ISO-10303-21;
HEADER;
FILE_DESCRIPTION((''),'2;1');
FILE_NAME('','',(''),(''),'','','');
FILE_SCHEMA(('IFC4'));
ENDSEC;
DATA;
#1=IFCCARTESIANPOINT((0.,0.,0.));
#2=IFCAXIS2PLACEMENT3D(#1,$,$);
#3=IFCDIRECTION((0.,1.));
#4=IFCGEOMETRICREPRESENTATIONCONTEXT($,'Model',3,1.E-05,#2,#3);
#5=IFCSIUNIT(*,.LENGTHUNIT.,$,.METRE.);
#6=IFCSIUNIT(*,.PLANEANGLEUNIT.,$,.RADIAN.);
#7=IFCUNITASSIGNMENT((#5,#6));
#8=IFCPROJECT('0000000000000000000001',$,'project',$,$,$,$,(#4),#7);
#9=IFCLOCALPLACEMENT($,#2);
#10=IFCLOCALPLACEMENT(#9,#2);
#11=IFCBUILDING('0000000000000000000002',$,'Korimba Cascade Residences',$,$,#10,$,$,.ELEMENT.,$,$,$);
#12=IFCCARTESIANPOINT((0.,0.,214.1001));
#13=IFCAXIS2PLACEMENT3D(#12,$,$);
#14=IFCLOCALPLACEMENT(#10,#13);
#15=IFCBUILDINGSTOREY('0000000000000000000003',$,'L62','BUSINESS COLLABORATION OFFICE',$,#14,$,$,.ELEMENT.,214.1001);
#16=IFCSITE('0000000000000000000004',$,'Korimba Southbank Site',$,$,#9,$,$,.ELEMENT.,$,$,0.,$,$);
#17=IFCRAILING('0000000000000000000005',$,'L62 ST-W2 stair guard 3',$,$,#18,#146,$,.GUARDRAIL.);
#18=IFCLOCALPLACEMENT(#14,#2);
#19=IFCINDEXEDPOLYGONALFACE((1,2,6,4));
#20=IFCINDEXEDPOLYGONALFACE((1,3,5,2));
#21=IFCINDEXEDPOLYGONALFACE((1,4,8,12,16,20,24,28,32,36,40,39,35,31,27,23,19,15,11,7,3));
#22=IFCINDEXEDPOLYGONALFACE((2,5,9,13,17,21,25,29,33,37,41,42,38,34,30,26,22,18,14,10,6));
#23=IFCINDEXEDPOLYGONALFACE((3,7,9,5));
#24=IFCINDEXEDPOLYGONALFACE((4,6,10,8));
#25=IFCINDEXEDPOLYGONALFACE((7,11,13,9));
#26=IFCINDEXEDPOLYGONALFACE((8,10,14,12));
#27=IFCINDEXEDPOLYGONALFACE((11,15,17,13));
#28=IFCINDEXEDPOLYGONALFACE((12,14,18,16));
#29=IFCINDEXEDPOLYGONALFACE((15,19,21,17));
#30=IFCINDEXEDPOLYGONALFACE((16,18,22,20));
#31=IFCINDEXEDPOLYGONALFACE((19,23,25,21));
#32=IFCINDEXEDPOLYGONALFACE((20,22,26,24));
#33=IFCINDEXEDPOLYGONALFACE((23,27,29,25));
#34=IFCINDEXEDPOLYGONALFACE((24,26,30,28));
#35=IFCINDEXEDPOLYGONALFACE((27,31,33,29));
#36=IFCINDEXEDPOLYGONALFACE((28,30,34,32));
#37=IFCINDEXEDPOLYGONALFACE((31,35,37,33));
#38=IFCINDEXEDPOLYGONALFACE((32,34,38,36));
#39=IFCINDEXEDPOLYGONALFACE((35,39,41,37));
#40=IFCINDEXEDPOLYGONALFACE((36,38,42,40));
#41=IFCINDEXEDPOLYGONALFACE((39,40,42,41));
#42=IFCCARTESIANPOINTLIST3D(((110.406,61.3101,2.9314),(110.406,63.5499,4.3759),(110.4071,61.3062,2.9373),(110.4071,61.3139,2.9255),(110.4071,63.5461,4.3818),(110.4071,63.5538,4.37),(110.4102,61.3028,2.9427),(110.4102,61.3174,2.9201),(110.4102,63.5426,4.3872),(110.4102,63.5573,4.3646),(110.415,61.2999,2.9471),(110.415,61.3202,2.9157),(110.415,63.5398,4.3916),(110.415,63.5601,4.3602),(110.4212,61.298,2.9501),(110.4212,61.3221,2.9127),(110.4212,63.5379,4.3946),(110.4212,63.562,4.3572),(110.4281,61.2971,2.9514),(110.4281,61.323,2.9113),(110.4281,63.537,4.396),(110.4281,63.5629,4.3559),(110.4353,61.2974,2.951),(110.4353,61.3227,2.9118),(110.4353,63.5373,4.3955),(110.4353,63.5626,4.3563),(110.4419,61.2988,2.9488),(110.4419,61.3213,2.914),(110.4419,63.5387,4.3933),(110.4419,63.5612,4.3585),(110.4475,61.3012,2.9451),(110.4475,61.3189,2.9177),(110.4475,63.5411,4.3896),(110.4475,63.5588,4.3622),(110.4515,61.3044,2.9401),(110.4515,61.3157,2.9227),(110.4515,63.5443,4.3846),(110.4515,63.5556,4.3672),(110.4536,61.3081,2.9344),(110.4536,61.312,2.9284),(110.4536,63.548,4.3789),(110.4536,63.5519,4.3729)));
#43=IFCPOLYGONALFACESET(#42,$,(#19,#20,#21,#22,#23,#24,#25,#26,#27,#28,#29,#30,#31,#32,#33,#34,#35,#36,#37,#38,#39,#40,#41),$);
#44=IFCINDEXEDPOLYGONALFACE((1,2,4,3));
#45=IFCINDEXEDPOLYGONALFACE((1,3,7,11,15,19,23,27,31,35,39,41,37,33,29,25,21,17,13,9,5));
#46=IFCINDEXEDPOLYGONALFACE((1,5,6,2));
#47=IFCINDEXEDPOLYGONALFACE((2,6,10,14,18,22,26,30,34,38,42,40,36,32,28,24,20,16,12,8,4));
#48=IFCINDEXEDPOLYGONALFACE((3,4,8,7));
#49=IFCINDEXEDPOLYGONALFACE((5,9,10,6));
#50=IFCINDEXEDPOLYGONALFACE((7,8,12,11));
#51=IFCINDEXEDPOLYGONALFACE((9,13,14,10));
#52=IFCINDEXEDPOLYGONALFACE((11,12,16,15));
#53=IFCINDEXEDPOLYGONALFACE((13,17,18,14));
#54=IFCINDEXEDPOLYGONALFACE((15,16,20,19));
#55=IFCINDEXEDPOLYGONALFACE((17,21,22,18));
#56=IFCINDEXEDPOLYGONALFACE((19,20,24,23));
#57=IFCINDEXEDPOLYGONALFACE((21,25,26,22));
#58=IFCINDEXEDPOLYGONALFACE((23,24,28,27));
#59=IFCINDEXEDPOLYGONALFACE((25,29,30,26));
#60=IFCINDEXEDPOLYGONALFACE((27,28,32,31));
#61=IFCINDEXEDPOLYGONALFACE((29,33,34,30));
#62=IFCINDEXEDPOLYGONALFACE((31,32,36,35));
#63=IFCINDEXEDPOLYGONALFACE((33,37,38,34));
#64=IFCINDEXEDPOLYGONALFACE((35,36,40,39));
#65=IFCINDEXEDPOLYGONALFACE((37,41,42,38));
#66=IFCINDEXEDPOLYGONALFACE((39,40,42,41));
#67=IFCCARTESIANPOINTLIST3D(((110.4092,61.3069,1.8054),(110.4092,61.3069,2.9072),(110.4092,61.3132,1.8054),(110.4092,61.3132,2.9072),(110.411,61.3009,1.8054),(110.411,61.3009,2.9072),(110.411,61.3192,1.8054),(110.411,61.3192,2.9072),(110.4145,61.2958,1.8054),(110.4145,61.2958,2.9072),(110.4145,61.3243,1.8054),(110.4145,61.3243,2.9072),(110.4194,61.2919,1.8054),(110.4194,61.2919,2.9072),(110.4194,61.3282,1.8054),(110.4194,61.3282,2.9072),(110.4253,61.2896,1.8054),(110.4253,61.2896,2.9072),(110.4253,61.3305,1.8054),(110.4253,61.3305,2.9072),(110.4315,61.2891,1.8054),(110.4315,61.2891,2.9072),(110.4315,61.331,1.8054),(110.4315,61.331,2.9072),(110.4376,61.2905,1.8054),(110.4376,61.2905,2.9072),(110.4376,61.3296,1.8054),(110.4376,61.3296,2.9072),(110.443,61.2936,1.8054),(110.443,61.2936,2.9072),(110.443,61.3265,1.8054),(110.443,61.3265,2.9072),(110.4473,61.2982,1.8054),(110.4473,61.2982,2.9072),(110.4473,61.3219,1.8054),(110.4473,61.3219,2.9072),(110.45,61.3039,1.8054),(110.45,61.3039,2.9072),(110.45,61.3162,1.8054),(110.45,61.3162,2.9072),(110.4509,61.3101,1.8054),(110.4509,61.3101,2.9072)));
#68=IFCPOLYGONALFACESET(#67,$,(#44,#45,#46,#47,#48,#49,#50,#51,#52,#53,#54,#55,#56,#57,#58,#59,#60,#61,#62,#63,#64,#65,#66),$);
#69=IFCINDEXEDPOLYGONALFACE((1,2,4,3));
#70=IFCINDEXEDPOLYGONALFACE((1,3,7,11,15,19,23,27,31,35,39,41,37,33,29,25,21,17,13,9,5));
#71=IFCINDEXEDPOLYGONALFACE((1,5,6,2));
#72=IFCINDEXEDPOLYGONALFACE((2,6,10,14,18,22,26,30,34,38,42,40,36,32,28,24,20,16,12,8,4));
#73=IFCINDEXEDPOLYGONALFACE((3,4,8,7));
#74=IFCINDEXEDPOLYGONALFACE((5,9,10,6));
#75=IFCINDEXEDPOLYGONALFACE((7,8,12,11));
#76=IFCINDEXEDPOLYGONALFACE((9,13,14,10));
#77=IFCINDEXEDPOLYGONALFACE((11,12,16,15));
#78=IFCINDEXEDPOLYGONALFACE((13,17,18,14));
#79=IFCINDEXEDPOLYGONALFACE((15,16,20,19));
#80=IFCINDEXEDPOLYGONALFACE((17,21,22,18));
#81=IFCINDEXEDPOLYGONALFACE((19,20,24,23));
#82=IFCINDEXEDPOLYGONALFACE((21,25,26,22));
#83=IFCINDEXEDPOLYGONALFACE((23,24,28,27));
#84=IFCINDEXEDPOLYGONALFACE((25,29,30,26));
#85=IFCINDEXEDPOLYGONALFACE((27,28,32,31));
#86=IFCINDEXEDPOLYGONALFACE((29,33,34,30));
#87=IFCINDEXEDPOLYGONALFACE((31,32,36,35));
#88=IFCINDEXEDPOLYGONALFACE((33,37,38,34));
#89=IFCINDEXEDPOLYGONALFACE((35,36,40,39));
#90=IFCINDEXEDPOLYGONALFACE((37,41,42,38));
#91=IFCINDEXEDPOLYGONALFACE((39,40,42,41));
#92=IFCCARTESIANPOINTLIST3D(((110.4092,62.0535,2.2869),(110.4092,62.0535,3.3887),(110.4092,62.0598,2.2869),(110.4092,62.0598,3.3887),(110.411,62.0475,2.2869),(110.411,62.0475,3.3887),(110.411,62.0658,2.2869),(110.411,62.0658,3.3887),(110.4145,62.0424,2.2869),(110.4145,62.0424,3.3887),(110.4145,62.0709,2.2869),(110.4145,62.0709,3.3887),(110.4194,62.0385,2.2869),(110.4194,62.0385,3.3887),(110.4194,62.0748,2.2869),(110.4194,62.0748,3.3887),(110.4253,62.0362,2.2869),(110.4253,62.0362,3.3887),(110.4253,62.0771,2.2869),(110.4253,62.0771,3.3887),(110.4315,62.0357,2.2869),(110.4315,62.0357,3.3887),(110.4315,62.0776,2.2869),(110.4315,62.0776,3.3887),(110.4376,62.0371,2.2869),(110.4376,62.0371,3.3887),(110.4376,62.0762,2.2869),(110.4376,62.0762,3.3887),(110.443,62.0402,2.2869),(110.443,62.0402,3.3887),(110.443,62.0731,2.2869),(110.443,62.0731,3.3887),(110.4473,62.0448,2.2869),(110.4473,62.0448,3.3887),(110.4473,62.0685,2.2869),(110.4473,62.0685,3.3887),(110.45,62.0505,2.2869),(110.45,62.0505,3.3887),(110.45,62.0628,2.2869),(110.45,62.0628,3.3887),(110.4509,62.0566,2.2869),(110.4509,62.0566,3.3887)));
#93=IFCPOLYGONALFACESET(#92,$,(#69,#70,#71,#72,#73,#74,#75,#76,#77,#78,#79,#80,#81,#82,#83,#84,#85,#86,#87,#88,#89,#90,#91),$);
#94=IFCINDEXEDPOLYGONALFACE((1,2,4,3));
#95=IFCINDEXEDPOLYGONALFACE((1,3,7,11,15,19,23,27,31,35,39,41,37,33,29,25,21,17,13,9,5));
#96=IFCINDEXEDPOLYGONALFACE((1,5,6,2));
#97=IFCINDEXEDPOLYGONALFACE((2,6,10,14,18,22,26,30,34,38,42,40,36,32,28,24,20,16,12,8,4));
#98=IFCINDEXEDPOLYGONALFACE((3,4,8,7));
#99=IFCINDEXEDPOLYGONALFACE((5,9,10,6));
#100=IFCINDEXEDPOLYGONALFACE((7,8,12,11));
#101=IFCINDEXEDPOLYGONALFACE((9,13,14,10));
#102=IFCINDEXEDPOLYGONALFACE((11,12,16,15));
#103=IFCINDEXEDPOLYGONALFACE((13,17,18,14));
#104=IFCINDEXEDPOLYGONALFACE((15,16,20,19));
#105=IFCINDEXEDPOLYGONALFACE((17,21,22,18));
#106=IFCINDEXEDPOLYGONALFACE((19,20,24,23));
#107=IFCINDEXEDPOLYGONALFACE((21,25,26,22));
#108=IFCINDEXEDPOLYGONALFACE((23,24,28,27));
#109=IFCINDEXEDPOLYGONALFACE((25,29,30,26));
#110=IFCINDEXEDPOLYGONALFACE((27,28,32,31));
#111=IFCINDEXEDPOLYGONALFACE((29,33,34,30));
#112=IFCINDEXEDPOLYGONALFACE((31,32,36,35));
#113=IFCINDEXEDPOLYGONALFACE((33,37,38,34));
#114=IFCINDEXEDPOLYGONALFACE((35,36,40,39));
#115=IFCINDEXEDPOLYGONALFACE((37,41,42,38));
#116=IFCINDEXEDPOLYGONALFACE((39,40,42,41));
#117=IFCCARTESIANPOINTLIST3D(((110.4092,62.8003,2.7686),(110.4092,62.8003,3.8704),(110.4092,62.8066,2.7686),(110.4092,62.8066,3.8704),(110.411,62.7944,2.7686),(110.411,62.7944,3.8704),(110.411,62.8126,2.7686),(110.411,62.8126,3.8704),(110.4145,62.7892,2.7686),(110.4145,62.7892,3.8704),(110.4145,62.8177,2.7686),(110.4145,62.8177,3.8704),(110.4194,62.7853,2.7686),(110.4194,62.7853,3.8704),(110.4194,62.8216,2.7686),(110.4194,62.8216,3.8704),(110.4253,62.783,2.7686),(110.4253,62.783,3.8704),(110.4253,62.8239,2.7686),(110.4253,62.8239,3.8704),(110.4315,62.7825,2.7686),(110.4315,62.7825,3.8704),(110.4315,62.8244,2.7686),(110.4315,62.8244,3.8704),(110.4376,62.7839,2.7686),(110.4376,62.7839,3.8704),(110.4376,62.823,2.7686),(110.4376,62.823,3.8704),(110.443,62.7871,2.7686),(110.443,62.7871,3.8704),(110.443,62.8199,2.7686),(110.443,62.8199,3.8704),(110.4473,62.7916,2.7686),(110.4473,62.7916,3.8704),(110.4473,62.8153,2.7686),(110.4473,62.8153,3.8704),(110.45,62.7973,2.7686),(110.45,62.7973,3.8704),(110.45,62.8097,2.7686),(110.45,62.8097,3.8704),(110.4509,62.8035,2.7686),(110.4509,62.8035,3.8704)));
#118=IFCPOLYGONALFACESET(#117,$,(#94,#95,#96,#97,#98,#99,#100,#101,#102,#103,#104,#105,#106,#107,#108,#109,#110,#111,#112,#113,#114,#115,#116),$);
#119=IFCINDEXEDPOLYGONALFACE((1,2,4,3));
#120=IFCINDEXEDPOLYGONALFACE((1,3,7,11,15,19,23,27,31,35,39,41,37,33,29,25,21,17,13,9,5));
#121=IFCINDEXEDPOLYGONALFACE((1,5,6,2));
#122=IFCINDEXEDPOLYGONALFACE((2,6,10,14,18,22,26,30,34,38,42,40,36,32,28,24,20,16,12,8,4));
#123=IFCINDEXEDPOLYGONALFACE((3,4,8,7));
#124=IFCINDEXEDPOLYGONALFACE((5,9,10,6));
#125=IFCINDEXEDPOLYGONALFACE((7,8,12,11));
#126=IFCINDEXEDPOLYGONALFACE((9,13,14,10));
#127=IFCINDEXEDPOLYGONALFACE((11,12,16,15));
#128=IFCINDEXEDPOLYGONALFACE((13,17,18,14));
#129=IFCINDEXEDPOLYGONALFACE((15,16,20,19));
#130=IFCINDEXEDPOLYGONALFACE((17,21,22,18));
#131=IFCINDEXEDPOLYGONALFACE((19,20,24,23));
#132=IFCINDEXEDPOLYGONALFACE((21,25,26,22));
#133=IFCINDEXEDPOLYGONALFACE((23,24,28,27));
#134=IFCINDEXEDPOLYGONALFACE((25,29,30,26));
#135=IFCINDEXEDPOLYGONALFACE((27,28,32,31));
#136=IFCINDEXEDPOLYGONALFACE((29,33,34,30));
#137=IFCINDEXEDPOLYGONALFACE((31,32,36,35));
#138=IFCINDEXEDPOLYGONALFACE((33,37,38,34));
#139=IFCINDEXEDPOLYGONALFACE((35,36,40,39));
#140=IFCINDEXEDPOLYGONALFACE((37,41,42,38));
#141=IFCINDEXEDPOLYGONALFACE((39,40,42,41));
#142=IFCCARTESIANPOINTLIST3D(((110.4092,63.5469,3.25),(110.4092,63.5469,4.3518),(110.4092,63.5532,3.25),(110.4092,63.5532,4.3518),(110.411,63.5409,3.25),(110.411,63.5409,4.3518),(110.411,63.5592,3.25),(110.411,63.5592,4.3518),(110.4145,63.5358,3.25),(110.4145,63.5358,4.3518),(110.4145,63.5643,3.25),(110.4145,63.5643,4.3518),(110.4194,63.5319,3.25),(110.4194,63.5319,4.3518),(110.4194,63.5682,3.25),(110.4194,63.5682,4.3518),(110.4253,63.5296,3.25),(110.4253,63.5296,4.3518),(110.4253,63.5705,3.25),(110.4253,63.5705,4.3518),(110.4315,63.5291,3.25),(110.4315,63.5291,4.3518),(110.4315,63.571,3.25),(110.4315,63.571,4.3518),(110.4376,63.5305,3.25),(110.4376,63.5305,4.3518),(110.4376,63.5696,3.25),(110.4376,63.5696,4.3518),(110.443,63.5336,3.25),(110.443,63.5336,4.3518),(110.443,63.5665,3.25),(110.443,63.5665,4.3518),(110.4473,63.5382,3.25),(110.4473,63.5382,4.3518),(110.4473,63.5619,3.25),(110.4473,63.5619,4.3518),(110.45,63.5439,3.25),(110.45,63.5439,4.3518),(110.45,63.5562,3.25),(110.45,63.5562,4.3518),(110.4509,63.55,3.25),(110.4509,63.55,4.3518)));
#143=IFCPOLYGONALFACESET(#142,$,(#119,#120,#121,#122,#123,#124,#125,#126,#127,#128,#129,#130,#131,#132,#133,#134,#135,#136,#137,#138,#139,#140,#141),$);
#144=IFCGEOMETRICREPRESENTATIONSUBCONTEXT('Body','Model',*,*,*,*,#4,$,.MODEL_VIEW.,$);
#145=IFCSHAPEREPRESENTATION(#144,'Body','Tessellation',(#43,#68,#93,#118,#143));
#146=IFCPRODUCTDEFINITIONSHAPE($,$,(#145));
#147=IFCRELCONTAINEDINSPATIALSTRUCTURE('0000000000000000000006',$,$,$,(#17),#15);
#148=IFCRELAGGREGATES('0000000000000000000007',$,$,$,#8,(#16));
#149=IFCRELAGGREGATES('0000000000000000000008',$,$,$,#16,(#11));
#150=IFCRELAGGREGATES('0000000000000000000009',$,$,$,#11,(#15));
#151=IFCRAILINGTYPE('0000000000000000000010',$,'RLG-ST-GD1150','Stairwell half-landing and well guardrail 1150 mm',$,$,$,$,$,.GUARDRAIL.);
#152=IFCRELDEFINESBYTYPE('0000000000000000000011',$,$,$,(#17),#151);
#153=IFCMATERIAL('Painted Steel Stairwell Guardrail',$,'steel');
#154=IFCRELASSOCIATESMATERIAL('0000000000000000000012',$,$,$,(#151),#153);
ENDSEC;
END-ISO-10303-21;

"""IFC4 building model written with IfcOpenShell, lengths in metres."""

from ifc_helpers import new_model, si_unit, direction, frame, origin, origin_2d, place, context, subcontext, project, spatial, circle, extrude, material, type_object, element, save


model = new_model("IFC4")

# Units and contexts
model_context = context("Model", 3, precision=1e-05, world=origin(), true_north=direction((0.0, 1.0)))
body_context = subcontext(model_context, "Body", "Model", "MODEL_VIEW")
ifc_project = project(units=[si_unit("LENGTHUNIT", "METRE"), si_unit("PLANEANGLEUNIT", "RADIAN")], contexts=[model_context])

# Site, building, storey
site_placement = place(None, origin())
site = spatial("IfcSite", under=ifc_project, at=site_placement, Name="Korimba Southbank Site", CompositionType="ELEMENT", RefElevation=0.0)
building_placement = place(site_placement, origin())
building = spatial("IfcBuilding", under=site, at=building_placement, Name="Korimba Cascade Residences", CompositionType="ELEMENT")
storey_placement = place(building_placement, frame((0.0, 0.0, 214.1001)))
storey = spatial("IfcBuildingStorey", under=building, at=storey_placement, Name="L62", Description="BUSINESS COLLABORATION OFFICE", CompositionType="ELEMENT", Elevation=214.1001)

# Railing
ifc_material_1 = material(Name="Painted Steel Stairwell Guardrail", Category="steel")
railing_type_1 = type_object("IfcRailingType", Name="RLG-ST-GD1150", Description="Stairwell half-landing and well guardrail 1150 mm", PredefinedType="GUARDRAIL", material=ifc_material_1)
railing_1_placement = place(storey_placement, frame((110.4299, 61.3101, 1.8054)))
element("IfcRailing", 1, at=railing_1_placement, inside=storey, type_object=railing_type_1, Name="L62 ST-W2 stair guard 3", PredefinedType="GUARDRAIL", context=body_context, shape_type="SweptSolid", body=[
    extrude(circle(Radius=0.0239, at=origin_2d()), frame((0.0, 0.0, 1.126), z_axis=(0.0, 0.840395, 0.541975), x_axis=(-1.0, 0.0, 0.0)), (0.0, 0.0, 1.0), 2.6653),
    extrude(circle(Radius=0.021, at=origin_2d()), origin(), (0.0, 0.0, 1.0), 1.1018),
    extrude(circle(Radius=0.021, at=origin_2d()), frame((0.0, 0.7466, 0.4814)), (0.0, 0.0, 1.0), 1.1018),
    extrude(circle(Radius=0.021, at=origin_2d()), frame((0.0, 1.4934, 0.9631)), (0.0, 0.0, 1.0), 1.1018),
    extrude(circle(Radius=0.021, at=origin_2d()), frame((0.0, 2.24, 1.4446)), (0.0, 0.0, 1.0), 1.1018),
])

save(model, "model.ifc")
